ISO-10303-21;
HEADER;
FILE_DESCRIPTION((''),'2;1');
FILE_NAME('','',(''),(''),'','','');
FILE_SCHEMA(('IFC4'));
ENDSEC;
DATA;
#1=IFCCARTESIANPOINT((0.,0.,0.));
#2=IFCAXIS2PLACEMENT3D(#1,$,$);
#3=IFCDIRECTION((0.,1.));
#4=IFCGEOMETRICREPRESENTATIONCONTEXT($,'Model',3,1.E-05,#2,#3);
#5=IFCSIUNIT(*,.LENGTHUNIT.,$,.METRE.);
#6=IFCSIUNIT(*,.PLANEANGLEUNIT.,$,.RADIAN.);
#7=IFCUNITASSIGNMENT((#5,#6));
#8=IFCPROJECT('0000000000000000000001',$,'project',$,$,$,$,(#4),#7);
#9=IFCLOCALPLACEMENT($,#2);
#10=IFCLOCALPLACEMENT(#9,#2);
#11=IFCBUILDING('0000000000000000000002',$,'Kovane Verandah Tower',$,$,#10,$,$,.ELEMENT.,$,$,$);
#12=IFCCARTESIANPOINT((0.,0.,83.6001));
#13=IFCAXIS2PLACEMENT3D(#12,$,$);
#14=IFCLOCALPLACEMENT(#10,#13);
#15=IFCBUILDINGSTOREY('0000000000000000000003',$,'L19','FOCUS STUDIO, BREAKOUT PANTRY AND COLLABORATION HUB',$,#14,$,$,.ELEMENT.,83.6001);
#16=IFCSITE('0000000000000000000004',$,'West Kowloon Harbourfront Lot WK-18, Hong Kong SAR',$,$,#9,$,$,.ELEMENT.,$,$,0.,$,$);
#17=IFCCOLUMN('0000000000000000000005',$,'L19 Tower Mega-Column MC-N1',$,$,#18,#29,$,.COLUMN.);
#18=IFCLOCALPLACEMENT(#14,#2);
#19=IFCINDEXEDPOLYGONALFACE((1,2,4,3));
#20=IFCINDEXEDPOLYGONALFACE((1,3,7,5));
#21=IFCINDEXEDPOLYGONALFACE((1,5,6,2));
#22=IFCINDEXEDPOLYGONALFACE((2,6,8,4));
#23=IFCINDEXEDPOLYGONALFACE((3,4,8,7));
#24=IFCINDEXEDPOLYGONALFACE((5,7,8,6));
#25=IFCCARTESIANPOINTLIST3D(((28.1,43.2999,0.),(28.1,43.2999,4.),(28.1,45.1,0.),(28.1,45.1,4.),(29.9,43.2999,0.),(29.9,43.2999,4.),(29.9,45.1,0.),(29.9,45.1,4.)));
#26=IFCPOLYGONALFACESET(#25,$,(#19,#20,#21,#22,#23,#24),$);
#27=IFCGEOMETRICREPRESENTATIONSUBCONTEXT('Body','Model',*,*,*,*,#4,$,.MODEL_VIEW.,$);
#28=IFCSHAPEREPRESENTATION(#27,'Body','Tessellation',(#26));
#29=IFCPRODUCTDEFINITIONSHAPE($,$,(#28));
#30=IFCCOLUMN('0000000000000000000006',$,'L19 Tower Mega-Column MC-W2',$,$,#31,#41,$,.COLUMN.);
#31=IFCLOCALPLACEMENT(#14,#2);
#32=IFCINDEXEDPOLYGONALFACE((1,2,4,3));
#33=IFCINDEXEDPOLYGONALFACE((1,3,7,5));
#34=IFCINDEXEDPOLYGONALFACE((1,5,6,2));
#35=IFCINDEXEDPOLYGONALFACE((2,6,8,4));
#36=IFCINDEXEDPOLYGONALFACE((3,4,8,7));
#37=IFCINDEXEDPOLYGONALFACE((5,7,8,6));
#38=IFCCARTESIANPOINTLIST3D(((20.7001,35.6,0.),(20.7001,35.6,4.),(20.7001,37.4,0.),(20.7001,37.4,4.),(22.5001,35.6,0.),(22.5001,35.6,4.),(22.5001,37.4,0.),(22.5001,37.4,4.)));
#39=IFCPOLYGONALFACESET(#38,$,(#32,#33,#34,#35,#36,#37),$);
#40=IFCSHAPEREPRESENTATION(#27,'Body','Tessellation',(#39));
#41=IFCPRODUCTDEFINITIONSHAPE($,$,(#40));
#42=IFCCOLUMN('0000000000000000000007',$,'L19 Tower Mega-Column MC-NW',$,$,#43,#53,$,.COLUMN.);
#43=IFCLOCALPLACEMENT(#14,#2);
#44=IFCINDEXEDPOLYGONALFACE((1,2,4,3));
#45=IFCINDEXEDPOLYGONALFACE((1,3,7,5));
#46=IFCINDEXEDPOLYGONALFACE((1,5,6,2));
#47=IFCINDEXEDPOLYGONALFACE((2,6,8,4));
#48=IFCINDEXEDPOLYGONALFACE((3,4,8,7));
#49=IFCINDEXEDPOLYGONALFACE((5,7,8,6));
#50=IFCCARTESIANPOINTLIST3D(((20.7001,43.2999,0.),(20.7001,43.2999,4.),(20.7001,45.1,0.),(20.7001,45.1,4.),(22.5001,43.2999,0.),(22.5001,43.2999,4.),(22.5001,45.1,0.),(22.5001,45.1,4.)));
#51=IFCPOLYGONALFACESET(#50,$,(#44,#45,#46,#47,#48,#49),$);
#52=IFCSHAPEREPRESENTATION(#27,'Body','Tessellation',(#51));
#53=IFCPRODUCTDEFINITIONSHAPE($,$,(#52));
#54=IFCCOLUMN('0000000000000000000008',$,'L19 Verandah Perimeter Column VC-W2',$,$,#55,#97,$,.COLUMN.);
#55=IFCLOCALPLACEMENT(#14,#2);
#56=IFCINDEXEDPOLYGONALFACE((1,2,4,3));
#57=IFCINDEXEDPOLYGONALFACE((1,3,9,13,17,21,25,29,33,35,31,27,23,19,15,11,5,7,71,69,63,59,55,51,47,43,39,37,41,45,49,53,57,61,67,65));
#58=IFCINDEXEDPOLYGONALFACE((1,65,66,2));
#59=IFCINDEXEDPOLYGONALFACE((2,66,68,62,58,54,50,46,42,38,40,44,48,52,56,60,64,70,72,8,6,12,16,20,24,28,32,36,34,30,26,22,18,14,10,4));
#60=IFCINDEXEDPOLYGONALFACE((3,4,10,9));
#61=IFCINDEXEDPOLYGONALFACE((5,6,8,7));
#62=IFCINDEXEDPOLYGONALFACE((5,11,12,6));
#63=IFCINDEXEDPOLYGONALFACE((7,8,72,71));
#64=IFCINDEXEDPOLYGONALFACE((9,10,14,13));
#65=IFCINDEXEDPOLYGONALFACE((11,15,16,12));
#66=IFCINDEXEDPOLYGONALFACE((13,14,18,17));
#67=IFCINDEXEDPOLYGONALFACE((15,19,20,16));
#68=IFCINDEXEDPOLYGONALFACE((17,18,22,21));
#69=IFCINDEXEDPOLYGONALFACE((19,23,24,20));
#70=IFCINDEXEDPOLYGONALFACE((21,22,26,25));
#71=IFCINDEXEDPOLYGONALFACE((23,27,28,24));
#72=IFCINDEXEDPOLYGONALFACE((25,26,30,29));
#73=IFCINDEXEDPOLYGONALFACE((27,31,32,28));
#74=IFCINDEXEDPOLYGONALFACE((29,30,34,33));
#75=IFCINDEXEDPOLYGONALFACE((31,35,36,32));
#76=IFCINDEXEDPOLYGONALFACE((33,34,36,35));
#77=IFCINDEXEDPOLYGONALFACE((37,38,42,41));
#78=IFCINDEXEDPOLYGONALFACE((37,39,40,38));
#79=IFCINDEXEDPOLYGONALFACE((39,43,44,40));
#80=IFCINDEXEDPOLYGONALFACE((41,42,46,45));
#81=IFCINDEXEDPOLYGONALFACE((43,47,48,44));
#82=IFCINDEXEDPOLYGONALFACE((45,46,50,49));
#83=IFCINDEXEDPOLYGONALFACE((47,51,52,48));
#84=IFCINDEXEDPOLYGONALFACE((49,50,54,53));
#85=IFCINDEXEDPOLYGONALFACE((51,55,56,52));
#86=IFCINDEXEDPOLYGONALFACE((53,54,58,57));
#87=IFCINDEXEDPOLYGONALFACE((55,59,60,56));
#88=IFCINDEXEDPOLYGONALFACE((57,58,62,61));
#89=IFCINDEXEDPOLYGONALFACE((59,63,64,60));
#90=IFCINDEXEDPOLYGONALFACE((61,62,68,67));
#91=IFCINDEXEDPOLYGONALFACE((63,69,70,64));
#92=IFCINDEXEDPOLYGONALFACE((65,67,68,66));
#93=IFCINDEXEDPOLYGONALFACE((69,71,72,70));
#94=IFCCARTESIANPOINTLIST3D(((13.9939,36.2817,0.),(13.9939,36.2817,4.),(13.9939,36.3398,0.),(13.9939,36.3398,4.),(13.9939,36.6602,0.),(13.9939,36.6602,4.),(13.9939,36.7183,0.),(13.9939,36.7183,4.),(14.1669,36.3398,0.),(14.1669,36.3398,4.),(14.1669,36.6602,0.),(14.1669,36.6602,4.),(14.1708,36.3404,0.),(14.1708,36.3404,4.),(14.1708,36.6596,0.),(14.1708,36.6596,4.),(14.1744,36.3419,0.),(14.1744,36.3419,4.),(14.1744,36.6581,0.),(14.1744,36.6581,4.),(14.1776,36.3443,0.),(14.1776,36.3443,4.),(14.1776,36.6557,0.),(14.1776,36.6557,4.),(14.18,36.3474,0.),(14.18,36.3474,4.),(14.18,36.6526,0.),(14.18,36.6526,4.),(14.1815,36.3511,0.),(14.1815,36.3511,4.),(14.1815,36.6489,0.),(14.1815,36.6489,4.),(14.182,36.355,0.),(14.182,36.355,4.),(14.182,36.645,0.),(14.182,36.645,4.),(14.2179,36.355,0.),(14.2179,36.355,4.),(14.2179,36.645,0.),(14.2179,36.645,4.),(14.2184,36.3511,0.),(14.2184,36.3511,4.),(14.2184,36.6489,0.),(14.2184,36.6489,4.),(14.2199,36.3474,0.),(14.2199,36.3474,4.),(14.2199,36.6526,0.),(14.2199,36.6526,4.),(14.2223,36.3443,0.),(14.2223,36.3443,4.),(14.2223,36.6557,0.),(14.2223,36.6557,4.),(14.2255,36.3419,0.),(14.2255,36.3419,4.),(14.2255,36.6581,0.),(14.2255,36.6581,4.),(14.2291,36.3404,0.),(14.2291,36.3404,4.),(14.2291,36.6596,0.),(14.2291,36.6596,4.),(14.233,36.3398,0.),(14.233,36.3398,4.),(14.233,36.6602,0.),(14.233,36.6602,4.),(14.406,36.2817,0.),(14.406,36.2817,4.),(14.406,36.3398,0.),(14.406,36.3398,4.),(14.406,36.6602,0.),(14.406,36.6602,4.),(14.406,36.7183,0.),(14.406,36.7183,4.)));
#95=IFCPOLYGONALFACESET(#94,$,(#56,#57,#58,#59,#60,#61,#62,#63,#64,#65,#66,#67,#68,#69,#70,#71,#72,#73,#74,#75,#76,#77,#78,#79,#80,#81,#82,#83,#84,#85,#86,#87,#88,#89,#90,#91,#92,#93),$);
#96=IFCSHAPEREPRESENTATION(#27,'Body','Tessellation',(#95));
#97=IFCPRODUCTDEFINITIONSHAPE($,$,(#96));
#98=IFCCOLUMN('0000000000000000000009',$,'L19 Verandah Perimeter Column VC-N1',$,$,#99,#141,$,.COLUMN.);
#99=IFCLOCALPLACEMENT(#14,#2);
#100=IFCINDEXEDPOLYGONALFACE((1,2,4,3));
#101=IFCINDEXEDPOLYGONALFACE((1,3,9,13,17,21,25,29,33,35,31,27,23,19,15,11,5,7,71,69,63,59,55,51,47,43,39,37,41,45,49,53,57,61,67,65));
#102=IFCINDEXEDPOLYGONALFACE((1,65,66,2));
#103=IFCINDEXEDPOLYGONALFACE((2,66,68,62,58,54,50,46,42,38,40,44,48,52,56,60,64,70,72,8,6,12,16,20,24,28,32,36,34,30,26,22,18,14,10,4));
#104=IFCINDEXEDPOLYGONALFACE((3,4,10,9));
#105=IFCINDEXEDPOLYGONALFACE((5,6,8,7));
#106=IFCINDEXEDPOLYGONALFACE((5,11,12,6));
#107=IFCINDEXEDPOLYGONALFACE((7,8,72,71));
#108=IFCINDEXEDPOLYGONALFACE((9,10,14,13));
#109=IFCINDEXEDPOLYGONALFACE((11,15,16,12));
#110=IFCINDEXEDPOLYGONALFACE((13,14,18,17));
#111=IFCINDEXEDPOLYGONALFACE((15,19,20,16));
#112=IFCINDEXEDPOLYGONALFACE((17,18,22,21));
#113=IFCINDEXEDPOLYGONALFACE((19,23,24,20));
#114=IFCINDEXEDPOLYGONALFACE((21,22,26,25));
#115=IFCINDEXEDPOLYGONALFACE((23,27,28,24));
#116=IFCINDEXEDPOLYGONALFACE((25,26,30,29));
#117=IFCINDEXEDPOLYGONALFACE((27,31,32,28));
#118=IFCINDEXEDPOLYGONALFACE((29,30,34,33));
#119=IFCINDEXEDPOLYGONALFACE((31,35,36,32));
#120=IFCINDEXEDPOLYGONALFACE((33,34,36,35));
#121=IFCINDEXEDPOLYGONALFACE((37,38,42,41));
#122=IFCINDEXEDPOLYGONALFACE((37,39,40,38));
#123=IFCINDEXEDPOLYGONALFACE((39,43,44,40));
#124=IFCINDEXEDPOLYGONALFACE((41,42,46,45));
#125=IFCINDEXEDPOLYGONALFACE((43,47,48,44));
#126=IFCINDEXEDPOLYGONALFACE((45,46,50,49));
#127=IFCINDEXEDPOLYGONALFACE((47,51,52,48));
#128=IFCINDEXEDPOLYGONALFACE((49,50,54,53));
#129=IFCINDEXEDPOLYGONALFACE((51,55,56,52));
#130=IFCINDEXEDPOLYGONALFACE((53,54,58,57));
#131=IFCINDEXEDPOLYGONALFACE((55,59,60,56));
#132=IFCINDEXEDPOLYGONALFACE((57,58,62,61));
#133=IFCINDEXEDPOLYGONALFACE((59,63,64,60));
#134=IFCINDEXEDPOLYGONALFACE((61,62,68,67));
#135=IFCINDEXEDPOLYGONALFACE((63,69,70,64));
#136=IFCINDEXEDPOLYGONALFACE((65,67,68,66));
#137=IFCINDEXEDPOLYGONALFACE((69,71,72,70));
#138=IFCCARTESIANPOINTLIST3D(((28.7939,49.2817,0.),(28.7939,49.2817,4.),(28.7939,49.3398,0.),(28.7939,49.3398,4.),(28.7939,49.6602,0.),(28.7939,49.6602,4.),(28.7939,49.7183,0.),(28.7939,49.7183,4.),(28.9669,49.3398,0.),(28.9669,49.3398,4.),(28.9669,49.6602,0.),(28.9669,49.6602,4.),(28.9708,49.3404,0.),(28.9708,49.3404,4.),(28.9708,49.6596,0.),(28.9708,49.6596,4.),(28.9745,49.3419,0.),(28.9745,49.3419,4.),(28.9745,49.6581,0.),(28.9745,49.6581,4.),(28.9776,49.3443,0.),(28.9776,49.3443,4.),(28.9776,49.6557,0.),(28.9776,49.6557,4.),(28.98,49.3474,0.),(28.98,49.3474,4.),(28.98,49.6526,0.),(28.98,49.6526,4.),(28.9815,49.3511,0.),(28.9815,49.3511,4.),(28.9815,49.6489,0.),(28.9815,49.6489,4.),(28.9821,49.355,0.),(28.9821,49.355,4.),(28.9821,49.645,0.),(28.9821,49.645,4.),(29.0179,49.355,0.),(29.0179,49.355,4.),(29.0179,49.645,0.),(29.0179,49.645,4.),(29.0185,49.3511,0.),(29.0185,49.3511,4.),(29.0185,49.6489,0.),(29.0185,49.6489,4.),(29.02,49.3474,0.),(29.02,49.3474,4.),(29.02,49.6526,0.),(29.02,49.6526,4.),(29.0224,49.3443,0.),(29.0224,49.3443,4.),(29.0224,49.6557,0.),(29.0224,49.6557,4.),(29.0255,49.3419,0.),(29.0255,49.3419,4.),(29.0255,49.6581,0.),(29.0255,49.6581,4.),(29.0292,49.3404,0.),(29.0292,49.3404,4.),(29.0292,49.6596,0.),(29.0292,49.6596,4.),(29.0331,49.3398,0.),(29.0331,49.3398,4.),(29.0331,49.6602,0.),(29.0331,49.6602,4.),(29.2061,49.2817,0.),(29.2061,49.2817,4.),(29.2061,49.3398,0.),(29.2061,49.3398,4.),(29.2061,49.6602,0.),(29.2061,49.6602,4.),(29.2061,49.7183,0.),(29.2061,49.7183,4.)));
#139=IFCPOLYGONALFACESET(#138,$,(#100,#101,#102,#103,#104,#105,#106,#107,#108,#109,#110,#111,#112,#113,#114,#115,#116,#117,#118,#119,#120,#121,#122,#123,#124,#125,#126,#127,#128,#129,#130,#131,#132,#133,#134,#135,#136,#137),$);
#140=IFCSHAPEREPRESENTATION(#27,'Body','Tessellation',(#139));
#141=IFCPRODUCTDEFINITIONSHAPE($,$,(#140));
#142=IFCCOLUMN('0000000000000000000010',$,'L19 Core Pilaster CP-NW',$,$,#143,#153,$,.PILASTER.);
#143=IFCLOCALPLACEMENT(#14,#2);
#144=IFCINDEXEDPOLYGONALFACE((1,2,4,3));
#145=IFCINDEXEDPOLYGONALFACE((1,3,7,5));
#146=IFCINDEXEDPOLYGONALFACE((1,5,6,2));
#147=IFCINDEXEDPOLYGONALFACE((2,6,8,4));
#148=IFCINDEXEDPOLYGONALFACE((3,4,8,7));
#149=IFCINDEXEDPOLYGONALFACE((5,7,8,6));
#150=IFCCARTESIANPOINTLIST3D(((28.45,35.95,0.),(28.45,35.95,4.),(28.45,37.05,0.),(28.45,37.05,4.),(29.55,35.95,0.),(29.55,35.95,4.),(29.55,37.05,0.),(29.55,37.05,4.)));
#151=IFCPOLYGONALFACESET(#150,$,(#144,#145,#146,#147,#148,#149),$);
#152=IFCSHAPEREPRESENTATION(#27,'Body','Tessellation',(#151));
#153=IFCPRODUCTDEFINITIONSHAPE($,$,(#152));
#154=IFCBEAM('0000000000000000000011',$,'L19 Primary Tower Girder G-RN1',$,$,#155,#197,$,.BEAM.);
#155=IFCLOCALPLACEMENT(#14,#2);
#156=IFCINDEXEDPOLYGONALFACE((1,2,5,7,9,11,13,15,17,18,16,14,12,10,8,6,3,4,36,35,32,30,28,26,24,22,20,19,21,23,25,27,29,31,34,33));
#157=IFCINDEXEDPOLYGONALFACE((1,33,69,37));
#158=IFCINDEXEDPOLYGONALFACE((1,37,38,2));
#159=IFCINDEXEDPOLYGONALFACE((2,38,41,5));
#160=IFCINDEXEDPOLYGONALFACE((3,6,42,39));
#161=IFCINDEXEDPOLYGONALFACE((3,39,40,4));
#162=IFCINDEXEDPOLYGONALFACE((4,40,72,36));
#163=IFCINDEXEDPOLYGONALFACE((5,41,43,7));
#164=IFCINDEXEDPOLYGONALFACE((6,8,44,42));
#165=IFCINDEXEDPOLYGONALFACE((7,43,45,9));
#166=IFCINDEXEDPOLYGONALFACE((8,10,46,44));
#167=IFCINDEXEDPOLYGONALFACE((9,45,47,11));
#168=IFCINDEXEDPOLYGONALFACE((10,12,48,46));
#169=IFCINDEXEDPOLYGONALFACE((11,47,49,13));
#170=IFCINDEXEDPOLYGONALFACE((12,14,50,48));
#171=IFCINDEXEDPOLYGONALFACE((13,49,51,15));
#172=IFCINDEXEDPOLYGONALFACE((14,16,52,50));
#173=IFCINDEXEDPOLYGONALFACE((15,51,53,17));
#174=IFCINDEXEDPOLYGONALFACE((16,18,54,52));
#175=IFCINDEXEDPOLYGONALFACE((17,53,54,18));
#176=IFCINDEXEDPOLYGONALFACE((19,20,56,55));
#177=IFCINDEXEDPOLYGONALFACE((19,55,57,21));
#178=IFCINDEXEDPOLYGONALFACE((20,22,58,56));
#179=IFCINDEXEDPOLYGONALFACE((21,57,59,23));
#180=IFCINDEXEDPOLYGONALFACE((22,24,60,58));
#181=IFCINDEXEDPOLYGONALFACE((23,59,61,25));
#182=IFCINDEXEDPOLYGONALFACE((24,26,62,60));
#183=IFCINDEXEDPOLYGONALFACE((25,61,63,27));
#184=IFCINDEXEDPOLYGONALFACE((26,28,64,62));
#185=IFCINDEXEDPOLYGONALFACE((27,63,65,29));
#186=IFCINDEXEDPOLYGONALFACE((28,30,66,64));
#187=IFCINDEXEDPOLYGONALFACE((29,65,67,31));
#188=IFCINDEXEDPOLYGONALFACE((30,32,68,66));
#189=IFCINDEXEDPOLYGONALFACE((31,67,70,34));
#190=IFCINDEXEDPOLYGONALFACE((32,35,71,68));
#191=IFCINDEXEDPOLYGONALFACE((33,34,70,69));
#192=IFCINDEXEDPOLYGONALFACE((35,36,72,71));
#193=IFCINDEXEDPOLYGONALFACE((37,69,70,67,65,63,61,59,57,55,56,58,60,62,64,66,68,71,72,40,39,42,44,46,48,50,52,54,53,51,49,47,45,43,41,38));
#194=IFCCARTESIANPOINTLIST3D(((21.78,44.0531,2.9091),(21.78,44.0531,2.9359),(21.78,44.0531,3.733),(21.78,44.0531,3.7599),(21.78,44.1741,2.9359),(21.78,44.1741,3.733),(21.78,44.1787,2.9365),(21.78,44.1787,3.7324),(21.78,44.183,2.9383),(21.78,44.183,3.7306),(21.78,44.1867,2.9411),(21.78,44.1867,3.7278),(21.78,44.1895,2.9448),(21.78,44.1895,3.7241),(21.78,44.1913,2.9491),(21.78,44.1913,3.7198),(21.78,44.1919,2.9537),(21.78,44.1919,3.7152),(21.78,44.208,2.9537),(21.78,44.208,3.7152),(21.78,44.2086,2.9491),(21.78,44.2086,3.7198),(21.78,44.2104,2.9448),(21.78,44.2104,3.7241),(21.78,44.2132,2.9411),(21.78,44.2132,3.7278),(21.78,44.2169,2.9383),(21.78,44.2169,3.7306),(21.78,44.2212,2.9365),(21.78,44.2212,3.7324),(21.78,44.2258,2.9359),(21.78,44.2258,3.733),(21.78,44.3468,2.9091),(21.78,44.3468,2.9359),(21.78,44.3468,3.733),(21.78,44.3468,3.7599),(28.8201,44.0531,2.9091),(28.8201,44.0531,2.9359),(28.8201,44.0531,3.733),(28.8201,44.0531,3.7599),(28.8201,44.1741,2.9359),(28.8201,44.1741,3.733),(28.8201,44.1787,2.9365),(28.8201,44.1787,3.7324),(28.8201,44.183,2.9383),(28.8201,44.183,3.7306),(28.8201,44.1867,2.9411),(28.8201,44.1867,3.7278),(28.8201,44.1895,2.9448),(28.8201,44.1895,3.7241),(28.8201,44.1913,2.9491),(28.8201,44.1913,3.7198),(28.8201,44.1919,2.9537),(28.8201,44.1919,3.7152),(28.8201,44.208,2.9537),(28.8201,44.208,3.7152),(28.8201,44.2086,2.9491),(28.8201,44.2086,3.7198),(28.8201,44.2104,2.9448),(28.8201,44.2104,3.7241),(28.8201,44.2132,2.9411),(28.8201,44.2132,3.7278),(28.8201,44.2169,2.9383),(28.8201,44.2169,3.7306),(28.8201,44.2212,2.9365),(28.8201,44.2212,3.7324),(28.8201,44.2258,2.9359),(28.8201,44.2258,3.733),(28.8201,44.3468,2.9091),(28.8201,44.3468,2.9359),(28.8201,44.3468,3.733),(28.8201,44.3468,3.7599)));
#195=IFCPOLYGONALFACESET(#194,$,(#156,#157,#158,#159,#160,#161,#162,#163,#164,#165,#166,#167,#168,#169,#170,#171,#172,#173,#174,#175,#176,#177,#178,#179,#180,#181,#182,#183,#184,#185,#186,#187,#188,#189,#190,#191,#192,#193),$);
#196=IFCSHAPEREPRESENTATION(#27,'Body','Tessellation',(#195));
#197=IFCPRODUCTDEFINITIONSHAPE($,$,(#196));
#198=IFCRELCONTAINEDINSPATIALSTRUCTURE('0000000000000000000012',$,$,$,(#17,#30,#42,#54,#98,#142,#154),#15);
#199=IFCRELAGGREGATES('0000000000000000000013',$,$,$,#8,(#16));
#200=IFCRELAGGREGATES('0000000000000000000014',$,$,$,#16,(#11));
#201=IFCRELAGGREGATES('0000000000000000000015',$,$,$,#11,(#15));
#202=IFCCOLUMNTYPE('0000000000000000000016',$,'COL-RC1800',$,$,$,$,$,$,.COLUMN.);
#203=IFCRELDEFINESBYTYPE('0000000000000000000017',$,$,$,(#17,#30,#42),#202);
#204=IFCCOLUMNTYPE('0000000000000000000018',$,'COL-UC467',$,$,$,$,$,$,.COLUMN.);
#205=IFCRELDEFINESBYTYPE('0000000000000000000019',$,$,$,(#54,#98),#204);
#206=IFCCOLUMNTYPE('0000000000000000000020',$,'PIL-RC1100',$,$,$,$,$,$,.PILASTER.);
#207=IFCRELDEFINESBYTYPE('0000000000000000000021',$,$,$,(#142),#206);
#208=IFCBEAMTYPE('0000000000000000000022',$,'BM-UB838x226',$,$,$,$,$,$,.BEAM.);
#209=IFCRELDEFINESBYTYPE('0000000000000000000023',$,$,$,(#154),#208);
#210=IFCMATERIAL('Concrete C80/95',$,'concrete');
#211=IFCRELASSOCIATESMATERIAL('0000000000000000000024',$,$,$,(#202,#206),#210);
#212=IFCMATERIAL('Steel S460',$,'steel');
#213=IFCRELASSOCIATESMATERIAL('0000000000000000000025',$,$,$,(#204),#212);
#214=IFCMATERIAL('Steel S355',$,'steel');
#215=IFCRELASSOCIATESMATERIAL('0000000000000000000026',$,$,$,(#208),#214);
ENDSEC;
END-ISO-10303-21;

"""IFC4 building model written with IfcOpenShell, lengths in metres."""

from ifc_helpers import new_model, si_unit, direction, frame, origin, origin_2d, place, context, subcontext, project, spatial, rectangle, i_section, extrude, material, material_profile, profile_set, type_object, element, save


model = new_model("IFC4")

# Units and contexts
model_context = context("Model", 3, precision=1e-05, world=origin(), true_north=direction((0.0, 1.0)))
body_context = subcontext(model_context, "Body", "Model", "MODEL_VIEW")
ifc_project = project(units=[si_unit("LENGTHUNIT", "METRE"), si_unit("PLANEANGLEUNIT", "RADIAN")], contexts=[model_context])

# Site, building, storey
site_placement = place(None, origin())
site = spatial("IfcSite", under=ifc_project, at=site_placement, Name="West Kowloon Harbourfront Lot WK-18, Hong Kong SAR", CompositionType="ELEMENT", RefElevation=0.0)
building_placement = place(site_placement, origin())
building = spatial("IfcBuilding", under=site, at=building_placement, Name="Kovane Verandah Tower", CompositionType="ELEMENT")
storey_placement = place(building_placement, frame((0.0, 0.0, 83.6001)))
storey = spatial("IfcBuildingStorey", under=building, at=storey_placement, Name="L19", Description="FOCUS STUDIO, BREAKOUT PANTRY AND COLLABORATION HUB", CompositionType="ELEMENT", Elevation=83.6001)

# Columns
ifc_material_1 = material(Name="Concrete C80/95", Category="concrete")
ifc_material_profile_1 = material_profile(ifc_material_1, rectangle(XDim=1.8, YDim=1.8, at=origin_2d()), Name="RC1800x1800")
ifc_profile_set_1 = profile_set([ifc_material_profile_1], Name="Concrete C80/95")
column_type_1 = type_object("IfcColumnType", Name="COL-RC1800", PredefinedType="COLUMN", material=ifc_profile_set_1)
for number, where, z_axis, x_axis, name in (
    (1, (29.0, 44.2, 0.0), (0.0, 0.0, 1.0), (1.0, 0.0, 0.0), "L19 Tower Mega-Column MC-N1"),
    (2, (21.6001, 36.5, 0.0), (0.0, 0.0, 1.0), (1.0, 0.0, 0.0), "L19 Tower Mega-Column MC-W2"),
    (3, (21.6001, 44.2, 0.0), (0.0, 0.0, 1.0), (1.0, 0.0, 0.0), "L19 Tower Mega-Column MC-NW"),
):
    element("IfcColumn", number, at=place(storey_placement, frame(where, z_axis=z_axis, x_axis=x_axis)), inside=storey, type_object=column_type_1, Name=name, PredefinedType="COLUMN", context=body_context, shape_type="SweptSolid", body=[
        extrude(rectangle(XDim=1.8, YDim=1.8, at=origin_2d()), origin(), (0.0, 0.0, 1.0), 4.0),
    ])
ifc_material_2 = material(Name="Steel S460", Category="steel")
ifc_material_profile_2 = material_profile(ifc_material_2, i_section(OverallWidth=0.4121, OverallDepth=0.4365, WebThickness=0.0359, FlangeThickness=0.0581, FilletRadius=0.0151, at=origin_2d()), Name="UC356x406x467")
ifc_profile_set_2 = profile_set([ifc_material_profile_2], Name="Steel S460")
column_type_2 = type_object("IfcColumnType", Name="COL-UC467", PredefinedType="COLUMN", material=ifc_profile_set_2)
for number, where, z_axis, x_axis, name in (
    (4, (14.2, 36.5, 0.0), (0.0, 0.0, 1.0), (1.0, 0.0, 0.0), "L19 Verandah Perimeter Column VC-W2"),
    (5, (29.0, 49.5, 0.0), (0.0, 0.0, 1.0), (1.0, 0.0, 0.0), "L19 Verandah Perimeter Column VC-N1"),
):
    element("IfcColumn", number, at=place(storey_placement, frame(where, z_axis=z_axis, x_axis=x_axis)), inside=storey, type_object=column_type_2, Name=name, PredefinedType="COLUMN", context=body_context, shape_type="SweptSolid", body=[
        extrude(i_section(OverallWidth=0.4121, OverallDepth=0.4365, WebThickness=0.0359, FlangeThickness=0.0581, FilletRadius=0.0151, at=origin_2d()), origin(), (0.0, 0.0, 1.0), 4.0),
    ])
ifc_material_profile_3 = material_profile(ifc_material_1, rectangle(XDim=1.1001, YDim=1.1001, at=origin_2d()), Name="RC1100x1100")
ifc_profile_set_3 = profile_set([ifc_material_profile_3], Name="Concrete C80/95")
column_type_3 = type_object("IfcColumnType", Name="PIL-RC1100", PredefinedType="PILASTER", material=ifc_profile_set_3)
column_placement = place(storey_placement, frame((29.0, 36.5, 0.0), z_axis=(0.0, 0.0, 1.0), x_axis=(1.0, 0.0, 0.0)))
element("IfcColumn", 6, at=column_placement, inside=storey, type_object=column_type_3, Name="L19 Core Pilaster CP-NW", PredefinedType="PILASTER", context=body_context, shape_type="SweptSolid", body=[
    extrude(rectangle(XDim=1.1001, YDim=1.1001, at=origin_2d()), origin(), (0.0, 0.0, 1.0), 4.0),
])

# Beam
ifc_material_3 = material(Name="Steel S355", Category="steel")
ifc_material_profile_4 = material_profile(ifc_material_3, i_section(OverallWidth=0.2937, OverallDepth=0.8508, WebThickness=0.0161, FlangeThickness=0.0269, FilletRadius=0.0178, at=origin_2d()), Name="UB838x292x226")
ifc_profile_set_4 = profile_set([ifc_material_profile_4], Name="Steel S355")
beam_type_1 = type_object("IfcBeamType", Name="BM-UB838x226", PredefinedType="BEAM", material=ifc_profile_set_4)
beam_1_placement = place(storey_placement, frame((21.78, 44.2, 3.3345), z_axis=(1.0, 0.0, 0.0), x_axis=(0.0, 1.0, 0.0)))
element("IfcBeam", 7, at=beam_1_placement, inside=storey, type_object=beam_type_1, Name="L19 Primary Tower Girder G-RN1", PredefinedType="BEAM", context=body_context, shape_type="SweptSolid", body=[
    extrude(i_section(OverallWidth=0.2937, OverallDepth=0.8508, WebThickness=0.0161, FlangeThickness=0.0269, FilletRadius=0.0178, at=origin_2d()), origin(), (0.0, 0.0, 1.0), 7.04),
])

save(model, "model.ifc")
